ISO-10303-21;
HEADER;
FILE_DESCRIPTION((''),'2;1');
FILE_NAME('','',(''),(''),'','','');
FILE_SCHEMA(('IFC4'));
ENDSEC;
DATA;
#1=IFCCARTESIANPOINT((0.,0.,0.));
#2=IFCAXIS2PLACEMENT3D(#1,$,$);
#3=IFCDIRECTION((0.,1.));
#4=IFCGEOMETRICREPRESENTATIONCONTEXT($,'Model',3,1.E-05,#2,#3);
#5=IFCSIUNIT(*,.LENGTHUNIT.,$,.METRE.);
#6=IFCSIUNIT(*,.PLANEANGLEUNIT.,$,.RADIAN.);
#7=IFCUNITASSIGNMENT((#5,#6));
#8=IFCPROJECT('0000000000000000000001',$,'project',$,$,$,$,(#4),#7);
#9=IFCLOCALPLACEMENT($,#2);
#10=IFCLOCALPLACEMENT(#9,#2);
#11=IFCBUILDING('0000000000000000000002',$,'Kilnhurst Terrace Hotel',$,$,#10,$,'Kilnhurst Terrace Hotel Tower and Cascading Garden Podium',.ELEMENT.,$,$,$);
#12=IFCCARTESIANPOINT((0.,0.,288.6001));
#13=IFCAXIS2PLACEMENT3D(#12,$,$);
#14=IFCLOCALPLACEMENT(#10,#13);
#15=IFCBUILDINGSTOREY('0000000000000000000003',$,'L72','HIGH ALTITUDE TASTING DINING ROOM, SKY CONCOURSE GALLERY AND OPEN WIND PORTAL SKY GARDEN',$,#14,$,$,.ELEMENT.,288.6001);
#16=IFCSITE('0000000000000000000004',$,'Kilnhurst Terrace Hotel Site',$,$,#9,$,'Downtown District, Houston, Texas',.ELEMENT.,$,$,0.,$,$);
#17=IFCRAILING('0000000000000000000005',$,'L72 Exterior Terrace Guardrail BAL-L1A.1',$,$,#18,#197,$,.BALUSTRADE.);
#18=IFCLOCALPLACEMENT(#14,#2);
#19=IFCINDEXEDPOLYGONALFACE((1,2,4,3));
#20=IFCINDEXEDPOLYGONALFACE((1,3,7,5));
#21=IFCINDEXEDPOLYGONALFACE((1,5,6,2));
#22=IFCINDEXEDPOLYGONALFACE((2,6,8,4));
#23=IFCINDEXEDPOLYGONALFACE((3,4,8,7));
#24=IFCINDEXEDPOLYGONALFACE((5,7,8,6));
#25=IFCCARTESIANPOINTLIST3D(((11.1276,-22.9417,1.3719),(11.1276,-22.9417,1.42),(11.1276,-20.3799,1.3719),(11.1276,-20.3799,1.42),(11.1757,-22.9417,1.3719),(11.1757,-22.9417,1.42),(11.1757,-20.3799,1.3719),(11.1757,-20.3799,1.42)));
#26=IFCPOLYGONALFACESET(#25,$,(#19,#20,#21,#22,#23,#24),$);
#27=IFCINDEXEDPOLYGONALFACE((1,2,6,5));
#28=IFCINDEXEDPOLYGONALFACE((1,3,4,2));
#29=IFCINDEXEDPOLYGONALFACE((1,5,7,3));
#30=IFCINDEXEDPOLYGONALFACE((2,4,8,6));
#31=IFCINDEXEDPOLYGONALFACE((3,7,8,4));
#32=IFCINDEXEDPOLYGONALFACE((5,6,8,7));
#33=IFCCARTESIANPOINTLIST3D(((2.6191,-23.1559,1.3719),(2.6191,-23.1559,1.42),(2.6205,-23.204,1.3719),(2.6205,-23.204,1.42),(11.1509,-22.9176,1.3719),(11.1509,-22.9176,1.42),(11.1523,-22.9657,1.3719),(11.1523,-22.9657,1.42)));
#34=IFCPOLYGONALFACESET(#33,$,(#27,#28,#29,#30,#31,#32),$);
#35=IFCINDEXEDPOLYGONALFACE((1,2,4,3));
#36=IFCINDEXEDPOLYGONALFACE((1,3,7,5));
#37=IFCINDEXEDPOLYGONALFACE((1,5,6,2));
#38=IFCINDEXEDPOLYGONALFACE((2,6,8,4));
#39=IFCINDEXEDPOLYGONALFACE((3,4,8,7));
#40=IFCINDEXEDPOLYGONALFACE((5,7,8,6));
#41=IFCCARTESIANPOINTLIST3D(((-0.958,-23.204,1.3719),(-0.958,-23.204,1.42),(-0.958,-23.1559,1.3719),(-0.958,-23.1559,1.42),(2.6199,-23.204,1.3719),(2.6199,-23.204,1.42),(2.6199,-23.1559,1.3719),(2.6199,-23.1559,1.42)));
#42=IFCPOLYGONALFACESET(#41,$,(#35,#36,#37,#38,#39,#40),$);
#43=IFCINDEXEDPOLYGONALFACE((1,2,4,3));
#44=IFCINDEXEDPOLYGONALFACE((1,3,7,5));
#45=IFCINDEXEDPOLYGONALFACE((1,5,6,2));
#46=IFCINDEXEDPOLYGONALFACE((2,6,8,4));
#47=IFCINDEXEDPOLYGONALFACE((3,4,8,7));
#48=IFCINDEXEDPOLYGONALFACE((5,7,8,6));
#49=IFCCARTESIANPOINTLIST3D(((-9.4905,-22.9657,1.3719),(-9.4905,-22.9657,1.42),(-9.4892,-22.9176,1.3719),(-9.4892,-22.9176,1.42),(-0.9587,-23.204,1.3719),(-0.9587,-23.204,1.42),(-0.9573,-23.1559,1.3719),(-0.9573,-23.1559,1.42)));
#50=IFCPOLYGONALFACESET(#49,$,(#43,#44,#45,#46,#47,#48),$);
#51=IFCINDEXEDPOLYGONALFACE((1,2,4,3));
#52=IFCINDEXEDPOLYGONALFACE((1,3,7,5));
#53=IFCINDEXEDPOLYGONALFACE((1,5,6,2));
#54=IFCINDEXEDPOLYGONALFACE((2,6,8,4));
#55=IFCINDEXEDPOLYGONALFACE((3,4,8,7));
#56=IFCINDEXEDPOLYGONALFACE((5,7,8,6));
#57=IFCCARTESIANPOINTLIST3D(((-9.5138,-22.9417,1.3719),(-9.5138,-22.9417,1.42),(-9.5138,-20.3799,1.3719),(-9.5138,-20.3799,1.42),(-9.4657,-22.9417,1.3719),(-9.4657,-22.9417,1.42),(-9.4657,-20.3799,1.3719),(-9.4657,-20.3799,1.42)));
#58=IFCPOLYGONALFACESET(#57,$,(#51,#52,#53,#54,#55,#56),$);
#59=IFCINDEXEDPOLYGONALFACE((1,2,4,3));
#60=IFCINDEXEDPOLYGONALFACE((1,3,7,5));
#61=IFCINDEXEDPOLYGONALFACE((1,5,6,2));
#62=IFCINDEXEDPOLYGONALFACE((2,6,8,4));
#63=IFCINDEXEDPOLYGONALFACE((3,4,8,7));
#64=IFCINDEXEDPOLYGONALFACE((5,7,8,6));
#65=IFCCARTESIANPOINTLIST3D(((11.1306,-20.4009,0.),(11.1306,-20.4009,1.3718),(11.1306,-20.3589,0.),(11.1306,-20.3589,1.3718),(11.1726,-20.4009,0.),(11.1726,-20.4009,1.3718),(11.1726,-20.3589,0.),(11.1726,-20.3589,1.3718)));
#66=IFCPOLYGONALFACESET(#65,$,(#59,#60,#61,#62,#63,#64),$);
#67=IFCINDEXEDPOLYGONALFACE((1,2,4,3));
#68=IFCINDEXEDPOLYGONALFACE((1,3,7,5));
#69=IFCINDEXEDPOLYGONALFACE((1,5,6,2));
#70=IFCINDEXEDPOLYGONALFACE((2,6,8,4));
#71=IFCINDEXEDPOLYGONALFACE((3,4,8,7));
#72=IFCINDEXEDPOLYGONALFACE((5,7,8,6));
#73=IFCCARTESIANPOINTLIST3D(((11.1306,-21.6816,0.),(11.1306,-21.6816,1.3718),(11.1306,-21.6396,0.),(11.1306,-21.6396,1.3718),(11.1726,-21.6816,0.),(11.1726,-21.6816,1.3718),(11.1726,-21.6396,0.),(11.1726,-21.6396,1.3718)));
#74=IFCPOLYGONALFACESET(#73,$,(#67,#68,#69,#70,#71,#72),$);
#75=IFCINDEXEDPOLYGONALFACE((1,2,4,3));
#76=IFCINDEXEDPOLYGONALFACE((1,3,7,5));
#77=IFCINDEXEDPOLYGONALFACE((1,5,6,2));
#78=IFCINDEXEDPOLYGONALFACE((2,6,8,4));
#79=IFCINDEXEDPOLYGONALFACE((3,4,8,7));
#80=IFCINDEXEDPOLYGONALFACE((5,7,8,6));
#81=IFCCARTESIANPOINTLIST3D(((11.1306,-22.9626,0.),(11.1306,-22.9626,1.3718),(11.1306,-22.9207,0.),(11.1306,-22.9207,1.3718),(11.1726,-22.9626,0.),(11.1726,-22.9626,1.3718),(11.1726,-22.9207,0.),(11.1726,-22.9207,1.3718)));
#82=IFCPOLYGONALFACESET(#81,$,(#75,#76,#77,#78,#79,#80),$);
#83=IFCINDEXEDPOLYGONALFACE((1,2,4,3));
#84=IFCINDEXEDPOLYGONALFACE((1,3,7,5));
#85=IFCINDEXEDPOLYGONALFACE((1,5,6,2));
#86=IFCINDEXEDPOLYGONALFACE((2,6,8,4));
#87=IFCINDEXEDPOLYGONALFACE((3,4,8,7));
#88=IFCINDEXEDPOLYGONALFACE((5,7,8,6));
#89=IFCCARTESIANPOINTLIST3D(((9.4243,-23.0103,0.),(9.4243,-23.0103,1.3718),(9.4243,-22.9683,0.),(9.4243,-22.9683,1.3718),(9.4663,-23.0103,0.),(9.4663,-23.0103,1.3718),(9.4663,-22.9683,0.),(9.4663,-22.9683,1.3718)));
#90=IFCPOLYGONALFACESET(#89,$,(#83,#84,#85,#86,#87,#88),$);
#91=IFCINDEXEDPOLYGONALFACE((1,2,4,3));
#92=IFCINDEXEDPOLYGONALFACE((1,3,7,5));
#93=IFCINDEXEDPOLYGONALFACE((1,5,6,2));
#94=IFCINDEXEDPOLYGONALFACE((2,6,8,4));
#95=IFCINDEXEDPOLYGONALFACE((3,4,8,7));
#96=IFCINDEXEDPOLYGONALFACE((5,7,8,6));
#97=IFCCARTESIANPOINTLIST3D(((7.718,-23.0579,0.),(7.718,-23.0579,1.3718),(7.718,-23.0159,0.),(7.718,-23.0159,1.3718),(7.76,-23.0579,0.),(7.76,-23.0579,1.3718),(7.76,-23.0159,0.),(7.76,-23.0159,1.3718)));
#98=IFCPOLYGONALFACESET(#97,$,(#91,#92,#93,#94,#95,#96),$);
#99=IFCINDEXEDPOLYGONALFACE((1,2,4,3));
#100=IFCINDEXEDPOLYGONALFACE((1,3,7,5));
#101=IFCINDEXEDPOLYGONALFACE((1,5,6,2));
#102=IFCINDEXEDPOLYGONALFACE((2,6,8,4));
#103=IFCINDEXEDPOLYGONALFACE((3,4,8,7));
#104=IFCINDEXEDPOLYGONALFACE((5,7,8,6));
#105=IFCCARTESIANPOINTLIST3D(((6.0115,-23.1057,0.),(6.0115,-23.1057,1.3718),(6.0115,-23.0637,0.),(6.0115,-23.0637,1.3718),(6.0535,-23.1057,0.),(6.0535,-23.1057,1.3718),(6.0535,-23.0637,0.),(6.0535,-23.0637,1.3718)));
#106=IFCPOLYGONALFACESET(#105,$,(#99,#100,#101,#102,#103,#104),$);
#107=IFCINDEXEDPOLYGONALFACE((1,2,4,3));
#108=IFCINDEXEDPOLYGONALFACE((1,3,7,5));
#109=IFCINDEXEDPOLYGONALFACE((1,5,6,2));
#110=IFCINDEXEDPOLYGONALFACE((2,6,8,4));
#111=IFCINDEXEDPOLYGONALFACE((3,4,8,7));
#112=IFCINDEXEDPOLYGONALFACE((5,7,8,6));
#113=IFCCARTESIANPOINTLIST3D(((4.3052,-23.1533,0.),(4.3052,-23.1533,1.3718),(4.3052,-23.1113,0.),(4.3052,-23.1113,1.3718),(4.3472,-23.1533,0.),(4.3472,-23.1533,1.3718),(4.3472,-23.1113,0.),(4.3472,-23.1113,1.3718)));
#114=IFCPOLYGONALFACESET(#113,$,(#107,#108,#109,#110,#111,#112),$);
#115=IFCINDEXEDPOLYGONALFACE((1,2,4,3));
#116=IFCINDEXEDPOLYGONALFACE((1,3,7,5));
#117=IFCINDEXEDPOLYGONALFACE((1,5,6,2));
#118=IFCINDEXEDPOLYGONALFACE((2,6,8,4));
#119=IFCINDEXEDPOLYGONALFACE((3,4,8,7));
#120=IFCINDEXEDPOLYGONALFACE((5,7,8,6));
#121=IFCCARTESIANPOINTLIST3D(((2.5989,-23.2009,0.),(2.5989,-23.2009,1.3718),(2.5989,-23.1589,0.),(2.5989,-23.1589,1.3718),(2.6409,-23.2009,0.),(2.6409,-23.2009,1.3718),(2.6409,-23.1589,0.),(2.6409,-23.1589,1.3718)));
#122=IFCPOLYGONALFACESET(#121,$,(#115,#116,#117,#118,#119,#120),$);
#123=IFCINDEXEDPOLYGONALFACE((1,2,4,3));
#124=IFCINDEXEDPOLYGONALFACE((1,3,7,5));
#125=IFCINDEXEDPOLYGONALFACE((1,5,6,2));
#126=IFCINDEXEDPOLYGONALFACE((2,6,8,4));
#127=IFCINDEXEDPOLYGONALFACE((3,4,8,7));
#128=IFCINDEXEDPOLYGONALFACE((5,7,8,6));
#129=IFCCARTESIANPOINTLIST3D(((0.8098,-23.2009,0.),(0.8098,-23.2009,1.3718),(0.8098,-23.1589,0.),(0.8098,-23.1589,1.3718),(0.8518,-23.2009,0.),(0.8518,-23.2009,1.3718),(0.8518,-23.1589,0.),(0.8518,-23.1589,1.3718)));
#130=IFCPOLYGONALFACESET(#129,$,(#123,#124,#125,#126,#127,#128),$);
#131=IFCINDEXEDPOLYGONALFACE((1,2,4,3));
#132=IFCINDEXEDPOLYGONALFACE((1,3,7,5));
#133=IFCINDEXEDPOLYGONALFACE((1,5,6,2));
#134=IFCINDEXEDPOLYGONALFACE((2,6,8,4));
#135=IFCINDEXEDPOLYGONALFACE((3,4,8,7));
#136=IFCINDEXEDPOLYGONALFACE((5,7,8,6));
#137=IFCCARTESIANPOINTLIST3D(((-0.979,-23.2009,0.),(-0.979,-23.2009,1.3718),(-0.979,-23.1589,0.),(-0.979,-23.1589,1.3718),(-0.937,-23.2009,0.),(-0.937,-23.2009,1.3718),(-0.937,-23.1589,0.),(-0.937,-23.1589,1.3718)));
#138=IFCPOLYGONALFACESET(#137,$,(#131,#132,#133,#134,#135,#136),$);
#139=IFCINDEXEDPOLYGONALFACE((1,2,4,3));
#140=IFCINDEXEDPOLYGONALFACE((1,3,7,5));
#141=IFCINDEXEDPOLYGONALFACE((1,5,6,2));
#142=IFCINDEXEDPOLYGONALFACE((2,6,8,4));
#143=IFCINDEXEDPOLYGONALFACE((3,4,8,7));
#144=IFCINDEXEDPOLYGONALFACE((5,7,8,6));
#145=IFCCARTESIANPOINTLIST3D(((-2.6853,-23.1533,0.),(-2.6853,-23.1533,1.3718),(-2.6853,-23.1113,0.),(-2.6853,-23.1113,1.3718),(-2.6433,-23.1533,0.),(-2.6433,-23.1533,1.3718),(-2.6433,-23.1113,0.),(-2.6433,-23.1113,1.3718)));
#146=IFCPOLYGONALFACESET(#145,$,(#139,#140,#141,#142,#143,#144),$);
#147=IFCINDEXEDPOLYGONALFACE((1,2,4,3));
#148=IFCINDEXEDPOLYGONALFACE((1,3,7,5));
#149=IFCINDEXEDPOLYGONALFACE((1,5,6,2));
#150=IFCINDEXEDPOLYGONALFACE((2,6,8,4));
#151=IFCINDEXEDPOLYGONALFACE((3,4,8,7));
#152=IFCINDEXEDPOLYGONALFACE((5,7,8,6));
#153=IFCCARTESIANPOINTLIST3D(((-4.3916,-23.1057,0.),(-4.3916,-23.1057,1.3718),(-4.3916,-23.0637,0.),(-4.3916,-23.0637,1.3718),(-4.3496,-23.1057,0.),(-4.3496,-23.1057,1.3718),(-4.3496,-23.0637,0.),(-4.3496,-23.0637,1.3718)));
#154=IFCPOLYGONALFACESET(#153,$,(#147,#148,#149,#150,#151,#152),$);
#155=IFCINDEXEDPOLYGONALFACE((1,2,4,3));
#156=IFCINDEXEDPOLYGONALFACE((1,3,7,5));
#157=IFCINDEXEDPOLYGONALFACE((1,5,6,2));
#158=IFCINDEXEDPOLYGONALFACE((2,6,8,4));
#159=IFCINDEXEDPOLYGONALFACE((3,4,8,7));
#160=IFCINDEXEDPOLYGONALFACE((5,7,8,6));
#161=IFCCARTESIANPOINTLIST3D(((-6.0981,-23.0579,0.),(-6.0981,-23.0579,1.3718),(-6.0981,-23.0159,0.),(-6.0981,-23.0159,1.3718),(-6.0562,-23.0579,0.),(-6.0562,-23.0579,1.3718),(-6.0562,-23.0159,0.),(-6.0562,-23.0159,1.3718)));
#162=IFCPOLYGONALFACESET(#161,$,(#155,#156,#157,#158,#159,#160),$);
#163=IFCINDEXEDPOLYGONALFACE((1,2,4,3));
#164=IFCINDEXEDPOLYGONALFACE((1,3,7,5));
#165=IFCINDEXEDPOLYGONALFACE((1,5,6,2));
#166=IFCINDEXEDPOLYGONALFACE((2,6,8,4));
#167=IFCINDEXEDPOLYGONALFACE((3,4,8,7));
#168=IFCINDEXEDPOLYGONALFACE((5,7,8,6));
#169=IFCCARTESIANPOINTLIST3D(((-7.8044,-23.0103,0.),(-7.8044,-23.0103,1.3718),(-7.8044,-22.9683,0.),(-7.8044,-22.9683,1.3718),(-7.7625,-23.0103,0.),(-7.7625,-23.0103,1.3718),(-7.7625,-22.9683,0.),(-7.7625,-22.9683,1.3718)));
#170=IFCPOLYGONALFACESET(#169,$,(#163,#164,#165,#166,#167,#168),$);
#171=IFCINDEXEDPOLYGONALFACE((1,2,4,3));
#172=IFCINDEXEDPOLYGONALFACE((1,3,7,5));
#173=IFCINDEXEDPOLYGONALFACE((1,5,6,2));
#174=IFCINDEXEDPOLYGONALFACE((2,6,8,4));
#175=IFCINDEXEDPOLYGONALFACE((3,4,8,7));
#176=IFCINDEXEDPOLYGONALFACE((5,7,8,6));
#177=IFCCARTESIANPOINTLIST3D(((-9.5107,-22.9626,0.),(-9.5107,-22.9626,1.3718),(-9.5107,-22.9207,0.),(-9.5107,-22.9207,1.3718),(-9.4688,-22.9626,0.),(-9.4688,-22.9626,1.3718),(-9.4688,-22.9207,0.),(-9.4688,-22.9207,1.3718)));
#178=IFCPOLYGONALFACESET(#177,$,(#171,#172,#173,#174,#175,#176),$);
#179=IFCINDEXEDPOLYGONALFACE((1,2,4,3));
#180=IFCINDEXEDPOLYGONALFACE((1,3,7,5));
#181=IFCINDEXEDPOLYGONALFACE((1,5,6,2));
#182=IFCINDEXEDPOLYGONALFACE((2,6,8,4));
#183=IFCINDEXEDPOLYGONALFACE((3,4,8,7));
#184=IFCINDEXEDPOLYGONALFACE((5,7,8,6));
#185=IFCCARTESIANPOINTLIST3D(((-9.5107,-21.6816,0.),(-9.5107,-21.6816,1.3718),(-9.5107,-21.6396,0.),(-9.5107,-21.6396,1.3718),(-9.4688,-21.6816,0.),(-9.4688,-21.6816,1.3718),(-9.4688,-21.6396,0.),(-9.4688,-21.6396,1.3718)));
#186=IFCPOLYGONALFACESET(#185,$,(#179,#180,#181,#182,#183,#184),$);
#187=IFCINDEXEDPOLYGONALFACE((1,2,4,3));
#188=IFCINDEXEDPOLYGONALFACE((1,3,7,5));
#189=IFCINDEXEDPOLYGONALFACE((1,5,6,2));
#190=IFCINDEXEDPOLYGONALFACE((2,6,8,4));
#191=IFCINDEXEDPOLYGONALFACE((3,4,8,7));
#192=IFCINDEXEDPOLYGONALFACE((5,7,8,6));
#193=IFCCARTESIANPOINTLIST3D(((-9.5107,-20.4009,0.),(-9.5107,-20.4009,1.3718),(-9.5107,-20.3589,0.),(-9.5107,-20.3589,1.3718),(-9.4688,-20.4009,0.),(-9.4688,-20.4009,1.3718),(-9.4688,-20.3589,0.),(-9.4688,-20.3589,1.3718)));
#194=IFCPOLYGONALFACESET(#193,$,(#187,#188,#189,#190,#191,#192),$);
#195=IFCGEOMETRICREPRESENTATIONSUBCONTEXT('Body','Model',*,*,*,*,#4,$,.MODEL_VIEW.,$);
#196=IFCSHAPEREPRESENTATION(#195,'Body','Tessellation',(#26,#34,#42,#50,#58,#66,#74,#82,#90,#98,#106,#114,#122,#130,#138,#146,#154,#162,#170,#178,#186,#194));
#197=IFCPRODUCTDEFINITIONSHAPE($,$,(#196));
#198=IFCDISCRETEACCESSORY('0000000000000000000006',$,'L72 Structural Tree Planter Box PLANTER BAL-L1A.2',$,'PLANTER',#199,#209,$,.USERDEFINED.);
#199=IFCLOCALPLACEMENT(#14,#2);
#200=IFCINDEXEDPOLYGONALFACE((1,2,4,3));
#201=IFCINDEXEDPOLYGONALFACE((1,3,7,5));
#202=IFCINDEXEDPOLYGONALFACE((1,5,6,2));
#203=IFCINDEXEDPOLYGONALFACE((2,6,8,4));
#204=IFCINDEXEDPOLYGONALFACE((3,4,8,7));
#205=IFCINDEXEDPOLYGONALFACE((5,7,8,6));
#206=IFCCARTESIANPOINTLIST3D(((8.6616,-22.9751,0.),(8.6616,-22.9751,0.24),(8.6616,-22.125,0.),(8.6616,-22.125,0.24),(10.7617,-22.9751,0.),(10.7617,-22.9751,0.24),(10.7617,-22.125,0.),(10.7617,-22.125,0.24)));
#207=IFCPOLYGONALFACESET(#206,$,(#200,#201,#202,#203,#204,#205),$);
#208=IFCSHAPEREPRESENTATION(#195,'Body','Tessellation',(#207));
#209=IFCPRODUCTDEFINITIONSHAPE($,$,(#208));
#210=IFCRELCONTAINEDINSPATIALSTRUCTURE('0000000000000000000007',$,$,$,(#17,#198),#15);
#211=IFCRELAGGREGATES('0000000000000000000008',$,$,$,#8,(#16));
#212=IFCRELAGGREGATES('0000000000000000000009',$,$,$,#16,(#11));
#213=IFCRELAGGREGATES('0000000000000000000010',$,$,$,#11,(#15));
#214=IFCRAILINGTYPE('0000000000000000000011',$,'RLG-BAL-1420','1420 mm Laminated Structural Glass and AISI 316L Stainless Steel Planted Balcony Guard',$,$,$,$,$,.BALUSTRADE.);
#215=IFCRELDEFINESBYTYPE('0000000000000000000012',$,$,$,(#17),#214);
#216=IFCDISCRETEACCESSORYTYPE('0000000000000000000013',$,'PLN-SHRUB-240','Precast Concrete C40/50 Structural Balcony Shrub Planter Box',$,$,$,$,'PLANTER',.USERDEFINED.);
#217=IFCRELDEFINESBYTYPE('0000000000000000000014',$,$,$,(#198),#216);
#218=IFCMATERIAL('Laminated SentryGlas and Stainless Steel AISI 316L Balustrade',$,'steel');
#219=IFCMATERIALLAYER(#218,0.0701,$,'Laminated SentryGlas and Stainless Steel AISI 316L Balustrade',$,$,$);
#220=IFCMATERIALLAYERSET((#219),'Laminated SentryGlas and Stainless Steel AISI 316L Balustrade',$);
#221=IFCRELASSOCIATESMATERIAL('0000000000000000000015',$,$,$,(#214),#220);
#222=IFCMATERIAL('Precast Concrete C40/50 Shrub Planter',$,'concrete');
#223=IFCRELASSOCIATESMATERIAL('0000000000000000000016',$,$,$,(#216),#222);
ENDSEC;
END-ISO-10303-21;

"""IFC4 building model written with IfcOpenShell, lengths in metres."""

from ifc_helpers import new_model, si_unit, direction, frame, origin, origin_2d, place, context, subcontext, project, spatial, rectangle, extrude, material, layer, layer_set, type_object, element, save


model = new_model("IFC4")

# Units and contexts
model_context = context("Model", 3, precision=1e-05, world=origin(), true_north=direction((0.0, 1.0)))
body_context = subcontext(model_context, "Body", "Model", "MODEL_VIEW")
ifc_project = project(units=[si_unit("LENGTHUNIT", "METRE"), si_unit("PLANEANGLEUNIT", "RADIAN")], contexts=[model_context])

# Site, building, storey
site_placement = place(None, origin())
site = spatial("IfcSite", under=ifc_project, at=site_placement, Name="Kilnhurst Terrace Hotel Site", LongName="Downtown District, Houston, Texas", CompositionType="ELEMENT", RefElevation=0.0)
building_placement = place(site_placement, origin())
building = spatial("IfcBuilding", under=site, at=building_placement, Name="Kilnhurst Terrace Hotel", LongName="Kilnhurst Terrace Hotel Tower and Cascading Garden Podium", CompositionType="ELEMENT")
storey_placement = place(building_placement, frame((0.0, 0.0, 288.6001)))
storey = spatial("IfcBuildingStorey", under=building, at=storey_placement, Name="L72", Description="HIGH ALTITUDE TASTING DINING ROOM, SKY CONCOURSE GALLERY AND OPEN WIND PORTAL SKY GARDEN", CompositionType="ELEMENT", Elevation=288.6001)

# Railing
ifc_material_1 = material(Name="Laminated SentryGlas and Stainless Steel AISI 316L Balustrade", Category="steel")
ifc_layer_1 = layer(ifc_material_1, 0.0701, Name="Laminated SentryGlas and Stainless Steel AISI 316L Balustrade")
ifc_layer_set_1 = layer_set([ifc_layer_1], Name="Laminated SentryGlas and Stainless Steel AISI 316L Balustrade")
railing_type = type_object("IfcRailingType", Name="RLG-BAL-1420", Description="1420 mm Laminated Structural Glass and AISI 316L Stainless Steel Planted Balcony Guard", PredefinedType="BALUSTRADE", material=ifc_layer_set_1)
railing_placement = place(storey_placement, frame((11.1516, -20.3799, 0.0)))
element("IfcRailing", 1, at=railing_placement, inside=storey, type_object=railing_type, Name="L72 Exterior Terrace Guardrail BAL-L1A.1", PredefinedType="BALUSTRADE", context=body_context, shape_type="SweptSolid", body=[
    extrude(rectangle(XDim=0.0481, YDim=0.0481, at=origin_2d()), frame((0.0, 0.0, 1.396), z_axis=(0.0, -1.0, 0.0), x_axis=(1.0, 0.0, 0.0)), (0.0, 0.0, 1.0), 2.5618),
    extrude(rectangle(XDim=0.0481, YDim=0.0481, at=origin_2d()), frame((0.0, -2.5618, 1.396), z_axis=(-0.99961, -0.027918, 0.0), x_axis=(0.027918, -0.99961, 0.0)), (0.0, 0.0, 1.0), 8.5352),
    extrude(rectangle(XDim=0.0481, YDim=0.0481, at=origin_2d()), frame((-8.5317, -2.8, 1.396), z_axis=(-1.0, 0.0, 0.0), x_axis=(0.0, -1.0, 0.0)), (0.0, 0.0, 1.0), 3.5779),
    extrude(rectangle(XDim=0.0481, YDim=0.0481, at=origin_2d()), frame((-12.1096, -2.8, 1.396), z_axis=(-0.99961, 0.027918, 0.0), x_axis=(-0.027918, -0.99961, 0.0)), (0.0, 0.0, 1.0), 8.5352),
    extrude(rectangle(XDim=0.0481, YDim=0.0481, at=origin_2d()), frame((-20.6414, -2.5618, 1.396), z_axis=(0.0, 1.0, 0.0), x_axis=(-1.0, 0.0, 0.0)), (0.0, 0.0, 1.0), 2.5618),
    extrude(rectangle(XDim=0.042, YDim=0.042, at=origin_2d()), origin(), (0.0, 0.0, 1.0), 1.3718),
    extrude(rectangle(XDim=0.042, YDim=0.042, at=origin_2d()), frame((0.0, -1.2808, 0.0)), (0.0, 0.0, 1.0), 1.3718),
    extrude(rectangle(XDim=0.042, YDim=0.042, at=origin_2d()), frame((0.0, -2.5618, 0.0)), (0.0, 0.0, 1.0), 1.3718),
    extrude(rectangle(XDim=0.042, YDim=0.042, at=origin_2d()), frame((-1.7063, -2.6094, 0.0)), (0.0, 0.0, 1.0), 1.3718),
    extrude(rectangle(XDim=0.042, YDim=0.042, at=origin_2d()), frame((-3.4126, -2.657, 0.0)), (0.0, 0.0, 1.0), 1.3718),
    extrude(rectangle(XDim=0.042, YDim=0.042, at=origin_2d()), frame((-5.1191, -2.7048, 0.0)), (0.0, 0.0, 1.0), 1.3718),
    extrude(rectangle(XDim=0.042, YDim=0.042, at=origin_2d()), frame((-6.8254, -2.7524, 0.0)), (0.0, 0.0, 1.0), 1.3718),
    extrude(rectangle(XDim=0.042, YDim=0.042, at=origin_2d()), frame((-8.5317, -2.8, 0.0)), (0.0, 0.0, 1.0), 1.3718),
    extrude(rectangle(XDim=0.042, YDim=0.042, at=origin_2d()), frame((-10.3208, -2.8, 0.0)), (0.0, 0.0, 1.0), 1.3718),
    extrude(rectangle(XDim=0.042, YDim=0.042, at=origin_2d()), frame((-12.1096, -2.8, 0.0)), (0.0, 0.0, 1.0), 1.3718),
    extrude(rectangle(XDim=0.042, YDim=0.042, at=origin_2d()), frame((-13.8159, -2.7524, 0.0)), (0.0, 0.0, 1.0), 1.3718),
    extrude(rectangle(XDim=0.042, YDim=0.042, at=origin_2d()), frame((-15.5222, -2.7048, 0.0)), (0.0, 0.0, 1.0), 1.3718),
    extrude(rectangle(XDim=0.042, YDim=0.042, at=origin_2d()), frame((-17.2288, -2.657, 0.0)), (0.0, 0.0, 1.0), 1.3718),
    extrude(rectangle(XDim=0.042, YDim=0.042, at=origin_2d()), frame((-18.9351, -2.6094, 0.0)), (0.0, 0.0, 1.0), 1.3718),
    extrude(rectangle(XDim=0.042, YDim=0.042, at=origin_2d()), frame((-20.6414, -2.5618, 0.0)), (0.0, 0.0, 1.0), 1.3718),
    extrude(rectangle(XDim=0.042, YDim=0.042, at=origin_2d()), frame((-20.6414, -1.2808, 0.0)), (0.0, 0.0, 1.0), 1.3718),
    extrude(rectangle(XDim=0.042, YDim=0.042, at=origin_2d()), frame((-20.6414, 0.0, 0.0)), (0.0, 0.0, 1.0), 1.3718),
])

# Discrete accessory
ifc_material_2 = material(Name="Precast Concrete C40/50 Shrub Planter", Category="concrete")
discrete_accessory_type = type_object("IfcDiscreteAccessoryType", Name="PLN-SHRUB-240", Description="Precast Concrete C40/50 Structural Balcony Shrub Planter Box", ElementType="PLANTER", PredefinedType="USERDEFINED", material=ifc_material_2)
discrete_accessory_placement = place(storey_placement, frame((9.7117, -22.55, 0.0), z_axis=(0.0, 0.0, 1.0), x_axis=(1.0, 0.0, 0.0)))
element("IfcDiscreteAccessory", 2, at=discrete_accessory_placement, inside=storey, type_object=discrete_accessory_type, Name="L72 Structural Tree Planter Box PLANTER BAL-L1A.2", ObjectType="PLANTER", PredefinedType="USERDEFINED", context=body_context, shape_type="SweptSolid", body=[
    extrude(rectangle(XDim=2.1001, YDim=0.8501, at=origin_2d()), origin(), (0.0, 0.0, 1.0), 0.24),
])

save(model, "model.ifc")
